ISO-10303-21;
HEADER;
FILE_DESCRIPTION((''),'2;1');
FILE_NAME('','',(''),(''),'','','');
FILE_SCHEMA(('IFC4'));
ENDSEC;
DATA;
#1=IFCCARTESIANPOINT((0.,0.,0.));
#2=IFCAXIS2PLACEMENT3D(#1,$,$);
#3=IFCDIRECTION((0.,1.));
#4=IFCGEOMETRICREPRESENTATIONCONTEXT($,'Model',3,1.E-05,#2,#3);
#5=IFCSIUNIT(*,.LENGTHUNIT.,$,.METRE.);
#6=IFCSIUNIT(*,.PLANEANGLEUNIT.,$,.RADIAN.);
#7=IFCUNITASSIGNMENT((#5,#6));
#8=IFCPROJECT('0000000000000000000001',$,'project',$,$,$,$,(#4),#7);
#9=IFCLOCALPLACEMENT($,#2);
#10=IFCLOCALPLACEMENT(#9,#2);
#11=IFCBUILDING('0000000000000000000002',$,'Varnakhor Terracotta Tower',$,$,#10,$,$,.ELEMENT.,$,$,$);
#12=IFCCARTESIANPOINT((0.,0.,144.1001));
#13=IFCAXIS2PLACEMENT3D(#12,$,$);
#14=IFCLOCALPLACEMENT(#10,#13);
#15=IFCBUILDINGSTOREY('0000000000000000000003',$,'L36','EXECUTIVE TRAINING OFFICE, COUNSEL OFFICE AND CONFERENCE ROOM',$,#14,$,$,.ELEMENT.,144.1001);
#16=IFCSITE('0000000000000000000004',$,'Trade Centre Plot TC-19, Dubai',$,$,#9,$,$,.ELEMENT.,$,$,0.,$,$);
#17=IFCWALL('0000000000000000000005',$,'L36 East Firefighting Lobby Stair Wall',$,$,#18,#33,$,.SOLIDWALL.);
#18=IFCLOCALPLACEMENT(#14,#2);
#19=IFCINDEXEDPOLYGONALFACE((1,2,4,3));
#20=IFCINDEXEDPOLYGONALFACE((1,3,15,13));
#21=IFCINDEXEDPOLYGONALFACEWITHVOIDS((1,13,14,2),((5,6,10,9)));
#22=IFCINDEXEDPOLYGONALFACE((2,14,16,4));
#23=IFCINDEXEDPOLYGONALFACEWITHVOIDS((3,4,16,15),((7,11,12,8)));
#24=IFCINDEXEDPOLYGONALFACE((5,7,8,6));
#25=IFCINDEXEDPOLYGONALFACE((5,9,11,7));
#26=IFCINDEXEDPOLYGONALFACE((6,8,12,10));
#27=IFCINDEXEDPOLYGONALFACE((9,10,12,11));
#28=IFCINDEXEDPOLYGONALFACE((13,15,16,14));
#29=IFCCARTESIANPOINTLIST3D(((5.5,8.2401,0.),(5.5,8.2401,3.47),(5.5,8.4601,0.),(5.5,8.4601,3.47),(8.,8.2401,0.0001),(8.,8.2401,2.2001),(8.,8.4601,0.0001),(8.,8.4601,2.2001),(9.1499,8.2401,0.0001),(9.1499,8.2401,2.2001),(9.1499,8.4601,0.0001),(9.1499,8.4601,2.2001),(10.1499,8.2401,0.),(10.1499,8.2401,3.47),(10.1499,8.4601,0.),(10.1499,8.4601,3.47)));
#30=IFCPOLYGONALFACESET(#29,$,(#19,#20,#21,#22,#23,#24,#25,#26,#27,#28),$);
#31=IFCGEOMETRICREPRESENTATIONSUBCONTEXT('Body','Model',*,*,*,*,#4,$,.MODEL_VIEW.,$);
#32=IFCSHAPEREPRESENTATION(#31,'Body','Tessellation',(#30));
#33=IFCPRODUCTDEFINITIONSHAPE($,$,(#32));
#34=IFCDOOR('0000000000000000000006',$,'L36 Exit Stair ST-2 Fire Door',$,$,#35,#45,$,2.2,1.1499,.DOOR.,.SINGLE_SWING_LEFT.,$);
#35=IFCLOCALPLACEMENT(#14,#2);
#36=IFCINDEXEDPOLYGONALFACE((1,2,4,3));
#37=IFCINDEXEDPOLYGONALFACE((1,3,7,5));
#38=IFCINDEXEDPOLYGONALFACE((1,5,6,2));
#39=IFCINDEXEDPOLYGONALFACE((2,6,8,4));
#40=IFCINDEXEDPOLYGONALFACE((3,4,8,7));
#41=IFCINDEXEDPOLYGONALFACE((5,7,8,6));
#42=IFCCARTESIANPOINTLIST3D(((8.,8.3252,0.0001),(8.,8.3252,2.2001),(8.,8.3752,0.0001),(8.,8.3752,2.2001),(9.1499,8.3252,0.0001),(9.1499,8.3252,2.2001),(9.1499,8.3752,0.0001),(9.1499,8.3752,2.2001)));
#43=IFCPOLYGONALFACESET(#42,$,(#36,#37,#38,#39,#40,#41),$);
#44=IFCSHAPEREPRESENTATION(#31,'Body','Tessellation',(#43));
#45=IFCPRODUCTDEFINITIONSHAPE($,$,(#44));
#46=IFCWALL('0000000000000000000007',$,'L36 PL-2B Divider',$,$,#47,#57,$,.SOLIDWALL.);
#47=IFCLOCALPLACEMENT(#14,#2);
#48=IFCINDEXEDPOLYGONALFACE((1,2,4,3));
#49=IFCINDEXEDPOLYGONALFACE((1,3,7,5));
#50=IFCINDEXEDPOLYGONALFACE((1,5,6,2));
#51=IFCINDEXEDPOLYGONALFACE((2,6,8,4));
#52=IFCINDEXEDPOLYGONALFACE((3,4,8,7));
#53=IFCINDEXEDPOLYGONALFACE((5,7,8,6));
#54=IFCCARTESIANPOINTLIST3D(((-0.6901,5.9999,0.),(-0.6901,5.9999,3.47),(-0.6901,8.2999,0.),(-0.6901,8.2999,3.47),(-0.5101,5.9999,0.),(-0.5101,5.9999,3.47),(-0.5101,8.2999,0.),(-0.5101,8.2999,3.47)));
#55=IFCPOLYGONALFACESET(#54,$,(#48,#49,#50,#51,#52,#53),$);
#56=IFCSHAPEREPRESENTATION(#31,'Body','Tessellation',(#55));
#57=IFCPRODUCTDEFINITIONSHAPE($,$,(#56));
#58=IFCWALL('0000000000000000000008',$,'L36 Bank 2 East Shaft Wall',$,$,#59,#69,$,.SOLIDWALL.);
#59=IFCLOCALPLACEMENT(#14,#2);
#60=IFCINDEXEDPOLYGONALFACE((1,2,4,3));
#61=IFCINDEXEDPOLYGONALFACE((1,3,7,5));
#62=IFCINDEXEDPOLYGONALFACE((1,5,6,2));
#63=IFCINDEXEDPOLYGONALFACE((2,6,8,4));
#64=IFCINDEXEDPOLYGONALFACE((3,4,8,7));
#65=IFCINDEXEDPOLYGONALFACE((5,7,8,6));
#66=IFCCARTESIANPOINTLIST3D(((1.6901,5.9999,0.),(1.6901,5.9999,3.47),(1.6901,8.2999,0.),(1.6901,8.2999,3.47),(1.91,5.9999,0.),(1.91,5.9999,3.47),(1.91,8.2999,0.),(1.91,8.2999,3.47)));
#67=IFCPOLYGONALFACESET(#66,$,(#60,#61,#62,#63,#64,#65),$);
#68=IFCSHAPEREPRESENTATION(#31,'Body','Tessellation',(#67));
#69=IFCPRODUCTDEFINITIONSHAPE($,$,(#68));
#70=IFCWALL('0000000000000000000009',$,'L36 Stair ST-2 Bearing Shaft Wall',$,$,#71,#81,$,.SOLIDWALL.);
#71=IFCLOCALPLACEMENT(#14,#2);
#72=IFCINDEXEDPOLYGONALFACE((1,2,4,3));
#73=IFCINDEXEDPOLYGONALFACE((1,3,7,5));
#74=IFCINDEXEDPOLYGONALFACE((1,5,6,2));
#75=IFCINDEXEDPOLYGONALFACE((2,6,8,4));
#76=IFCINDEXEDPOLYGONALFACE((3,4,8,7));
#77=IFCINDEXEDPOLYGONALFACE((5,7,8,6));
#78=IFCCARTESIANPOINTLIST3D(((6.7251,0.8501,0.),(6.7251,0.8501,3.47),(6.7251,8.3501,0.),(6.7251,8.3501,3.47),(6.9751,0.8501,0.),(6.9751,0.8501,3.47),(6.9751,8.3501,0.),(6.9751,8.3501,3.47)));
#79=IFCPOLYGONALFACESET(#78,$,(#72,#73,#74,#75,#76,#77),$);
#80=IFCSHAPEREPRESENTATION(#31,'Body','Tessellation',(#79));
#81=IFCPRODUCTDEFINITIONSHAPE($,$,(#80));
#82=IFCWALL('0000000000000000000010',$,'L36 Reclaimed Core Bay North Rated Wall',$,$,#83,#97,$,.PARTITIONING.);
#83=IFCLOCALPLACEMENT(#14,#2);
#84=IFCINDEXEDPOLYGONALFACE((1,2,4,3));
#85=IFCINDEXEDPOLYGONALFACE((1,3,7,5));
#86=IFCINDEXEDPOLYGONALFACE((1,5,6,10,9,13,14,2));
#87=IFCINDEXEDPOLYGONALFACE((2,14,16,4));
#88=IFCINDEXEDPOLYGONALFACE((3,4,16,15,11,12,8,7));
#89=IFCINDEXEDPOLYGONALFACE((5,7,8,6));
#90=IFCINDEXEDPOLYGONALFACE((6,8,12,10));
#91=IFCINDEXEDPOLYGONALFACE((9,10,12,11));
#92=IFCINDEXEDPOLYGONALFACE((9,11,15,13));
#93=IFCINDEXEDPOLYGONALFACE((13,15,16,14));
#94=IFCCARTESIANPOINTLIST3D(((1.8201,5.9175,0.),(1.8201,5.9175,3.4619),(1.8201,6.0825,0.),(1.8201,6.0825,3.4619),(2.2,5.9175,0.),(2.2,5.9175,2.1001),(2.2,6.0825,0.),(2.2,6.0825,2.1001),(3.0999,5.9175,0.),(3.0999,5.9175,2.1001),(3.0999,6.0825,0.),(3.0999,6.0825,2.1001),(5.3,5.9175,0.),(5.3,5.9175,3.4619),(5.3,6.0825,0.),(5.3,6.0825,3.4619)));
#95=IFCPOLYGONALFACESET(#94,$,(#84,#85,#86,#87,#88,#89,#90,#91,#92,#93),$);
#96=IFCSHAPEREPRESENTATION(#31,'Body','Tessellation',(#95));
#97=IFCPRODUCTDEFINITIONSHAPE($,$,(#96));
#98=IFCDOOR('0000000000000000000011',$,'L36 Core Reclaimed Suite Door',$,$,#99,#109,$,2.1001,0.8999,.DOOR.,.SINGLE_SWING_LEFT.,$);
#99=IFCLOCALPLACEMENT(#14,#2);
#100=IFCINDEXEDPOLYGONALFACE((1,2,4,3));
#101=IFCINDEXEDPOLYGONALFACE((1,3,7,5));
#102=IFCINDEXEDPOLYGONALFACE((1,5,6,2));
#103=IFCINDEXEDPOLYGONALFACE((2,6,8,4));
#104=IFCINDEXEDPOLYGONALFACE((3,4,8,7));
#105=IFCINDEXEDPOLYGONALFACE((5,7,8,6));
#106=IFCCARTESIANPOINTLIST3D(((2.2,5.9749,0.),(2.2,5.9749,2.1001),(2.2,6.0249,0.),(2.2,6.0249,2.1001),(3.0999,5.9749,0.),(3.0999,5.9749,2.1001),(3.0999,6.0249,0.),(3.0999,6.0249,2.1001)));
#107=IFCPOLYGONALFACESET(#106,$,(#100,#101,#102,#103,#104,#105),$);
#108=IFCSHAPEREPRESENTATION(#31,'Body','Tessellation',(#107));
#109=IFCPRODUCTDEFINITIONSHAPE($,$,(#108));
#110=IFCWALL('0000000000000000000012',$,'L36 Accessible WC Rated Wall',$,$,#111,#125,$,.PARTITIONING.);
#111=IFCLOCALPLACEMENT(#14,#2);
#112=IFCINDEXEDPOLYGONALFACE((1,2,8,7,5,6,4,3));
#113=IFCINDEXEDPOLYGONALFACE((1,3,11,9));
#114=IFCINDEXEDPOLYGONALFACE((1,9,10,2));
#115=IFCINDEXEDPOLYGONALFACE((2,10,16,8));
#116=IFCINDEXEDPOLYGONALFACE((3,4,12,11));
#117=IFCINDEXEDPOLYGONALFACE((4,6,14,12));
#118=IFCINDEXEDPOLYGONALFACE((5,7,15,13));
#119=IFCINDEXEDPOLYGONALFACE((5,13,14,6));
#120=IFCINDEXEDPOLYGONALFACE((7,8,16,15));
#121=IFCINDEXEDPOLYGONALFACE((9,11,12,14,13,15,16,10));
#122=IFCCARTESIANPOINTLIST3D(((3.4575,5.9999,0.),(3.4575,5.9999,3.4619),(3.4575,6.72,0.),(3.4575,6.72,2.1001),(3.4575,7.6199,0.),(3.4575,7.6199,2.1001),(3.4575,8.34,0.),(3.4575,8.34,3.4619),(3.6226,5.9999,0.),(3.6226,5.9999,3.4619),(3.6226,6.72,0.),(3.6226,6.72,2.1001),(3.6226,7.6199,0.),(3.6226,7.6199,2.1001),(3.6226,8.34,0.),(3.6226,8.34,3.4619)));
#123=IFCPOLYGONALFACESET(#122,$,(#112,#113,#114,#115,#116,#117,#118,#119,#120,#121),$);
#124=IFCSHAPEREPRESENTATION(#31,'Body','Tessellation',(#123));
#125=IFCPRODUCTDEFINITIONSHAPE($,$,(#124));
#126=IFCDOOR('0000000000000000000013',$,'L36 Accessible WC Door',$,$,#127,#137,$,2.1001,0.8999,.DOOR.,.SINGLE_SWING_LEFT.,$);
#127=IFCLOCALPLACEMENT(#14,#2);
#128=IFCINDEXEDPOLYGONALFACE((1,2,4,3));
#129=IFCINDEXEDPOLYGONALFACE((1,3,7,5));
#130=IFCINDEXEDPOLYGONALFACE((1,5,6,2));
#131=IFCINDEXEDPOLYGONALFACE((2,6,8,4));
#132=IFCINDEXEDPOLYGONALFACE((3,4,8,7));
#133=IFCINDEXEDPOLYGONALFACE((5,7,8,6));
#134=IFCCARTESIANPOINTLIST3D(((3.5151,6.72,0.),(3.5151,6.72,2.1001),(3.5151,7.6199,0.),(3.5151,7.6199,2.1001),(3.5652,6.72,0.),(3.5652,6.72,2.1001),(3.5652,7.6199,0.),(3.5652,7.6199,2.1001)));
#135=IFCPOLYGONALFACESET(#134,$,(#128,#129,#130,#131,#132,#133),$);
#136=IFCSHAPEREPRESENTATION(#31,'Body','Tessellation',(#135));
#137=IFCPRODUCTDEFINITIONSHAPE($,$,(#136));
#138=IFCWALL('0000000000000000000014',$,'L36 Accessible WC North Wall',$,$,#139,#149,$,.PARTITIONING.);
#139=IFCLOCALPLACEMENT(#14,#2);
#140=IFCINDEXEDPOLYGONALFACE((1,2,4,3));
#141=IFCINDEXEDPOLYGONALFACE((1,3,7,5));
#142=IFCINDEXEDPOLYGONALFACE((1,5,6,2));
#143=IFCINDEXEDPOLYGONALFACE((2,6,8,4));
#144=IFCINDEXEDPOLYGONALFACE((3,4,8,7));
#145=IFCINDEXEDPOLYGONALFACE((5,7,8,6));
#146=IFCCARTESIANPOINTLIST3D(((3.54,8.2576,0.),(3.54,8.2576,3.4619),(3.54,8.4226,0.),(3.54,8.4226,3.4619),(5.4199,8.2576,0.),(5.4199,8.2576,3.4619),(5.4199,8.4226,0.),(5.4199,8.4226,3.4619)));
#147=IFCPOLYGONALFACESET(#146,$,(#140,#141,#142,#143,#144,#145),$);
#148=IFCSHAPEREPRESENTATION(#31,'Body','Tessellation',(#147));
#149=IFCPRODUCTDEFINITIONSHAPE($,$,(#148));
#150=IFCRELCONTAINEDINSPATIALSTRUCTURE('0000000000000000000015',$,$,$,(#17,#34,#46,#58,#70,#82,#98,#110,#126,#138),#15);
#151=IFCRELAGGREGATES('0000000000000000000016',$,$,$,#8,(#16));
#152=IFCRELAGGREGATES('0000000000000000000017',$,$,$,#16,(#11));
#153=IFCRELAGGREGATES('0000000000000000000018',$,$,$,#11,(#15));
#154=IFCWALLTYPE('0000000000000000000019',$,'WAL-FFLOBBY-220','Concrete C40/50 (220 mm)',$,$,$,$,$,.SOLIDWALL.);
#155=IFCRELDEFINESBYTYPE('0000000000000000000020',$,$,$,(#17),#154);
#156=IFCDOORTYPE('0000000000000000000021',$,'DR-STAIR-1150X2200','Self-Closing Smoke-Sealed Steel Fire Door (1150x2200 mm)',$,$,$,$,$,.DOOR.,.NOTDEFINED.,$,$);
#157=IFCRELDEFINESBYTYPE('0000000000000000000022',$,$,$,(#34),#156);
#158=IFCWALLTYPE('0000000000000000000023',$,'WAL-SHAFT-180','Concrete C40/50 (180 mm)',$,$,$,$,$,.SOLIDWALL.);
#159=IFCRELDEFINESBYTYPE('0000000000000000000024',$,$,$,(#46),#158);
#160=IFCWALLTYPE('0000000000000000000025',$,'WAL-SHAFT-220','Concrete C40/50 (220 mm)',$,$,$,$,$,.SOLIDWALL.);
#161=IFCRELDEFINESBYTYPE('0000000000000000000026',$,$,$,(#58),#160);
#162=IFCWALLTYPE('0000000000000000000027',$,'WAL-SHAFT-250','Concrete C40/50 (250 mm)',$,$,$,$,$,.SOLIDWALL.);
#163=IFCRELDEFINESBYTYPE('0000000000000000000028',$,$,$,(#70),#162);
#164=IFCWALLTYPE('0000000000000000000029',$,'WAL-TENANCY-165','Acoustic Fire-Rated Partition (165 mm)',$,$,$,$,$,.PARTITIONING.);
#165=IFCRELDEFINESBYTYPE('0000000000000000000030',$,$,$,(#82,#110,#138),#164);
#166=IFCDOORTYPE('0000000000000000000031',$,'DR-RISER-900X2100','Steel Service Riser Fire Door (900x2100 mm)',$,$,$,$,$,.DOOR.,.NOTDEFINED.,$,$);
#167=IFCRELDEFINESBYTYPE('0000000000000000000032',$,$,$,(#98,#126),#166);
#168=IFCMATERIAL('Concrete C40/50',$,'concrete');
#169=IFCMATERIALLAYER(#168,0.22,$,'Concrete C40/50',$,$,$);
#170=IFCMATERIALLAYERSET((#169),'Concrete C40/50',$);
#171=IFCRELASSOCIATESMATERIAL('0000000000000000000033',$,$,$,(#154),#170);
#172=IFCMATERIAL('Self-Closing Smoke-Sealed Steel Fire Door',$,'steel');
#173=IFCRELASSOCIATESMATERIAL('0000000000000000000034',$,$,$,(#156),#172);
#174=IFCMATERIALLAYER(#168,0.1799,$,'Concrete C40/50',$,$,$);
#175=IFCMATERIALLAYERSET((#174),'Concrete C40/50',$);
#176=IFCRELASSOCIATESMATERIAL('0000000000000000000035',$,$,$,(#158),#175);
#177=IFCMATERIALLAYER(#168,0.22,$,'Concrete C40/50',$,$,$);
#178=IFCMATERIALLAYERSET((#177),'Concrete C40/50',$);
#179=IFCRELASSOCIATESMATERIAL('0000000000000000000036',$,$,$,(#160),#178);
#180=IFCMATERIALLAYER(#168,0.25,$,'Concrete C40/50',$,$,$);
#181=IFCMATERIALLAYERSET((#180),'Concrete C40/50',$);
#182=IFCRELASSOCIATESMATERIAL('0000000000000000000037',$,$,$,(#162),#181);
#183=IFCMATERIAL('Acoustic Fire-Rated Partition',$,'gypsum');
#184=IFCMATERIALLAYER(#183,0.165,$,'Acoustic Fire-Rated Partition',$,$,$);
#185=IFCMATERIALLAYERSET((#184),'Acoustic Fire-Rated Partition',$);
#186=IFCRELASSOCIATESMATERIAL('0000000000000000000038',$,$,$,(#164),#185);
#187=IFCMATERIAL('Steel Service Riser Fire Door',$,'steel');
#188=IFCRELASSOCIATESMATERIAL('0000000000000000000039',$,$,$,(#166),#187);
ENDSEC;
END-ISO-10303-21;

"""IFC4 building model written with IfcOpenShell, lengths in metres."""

from ifc_helpers import new_model, si_unit, direction, frame, frame_2d, origin, place, context, subcontext, project, spatial, rectangle, extrude, source, transform, mapped, material, layer, layer_set, type_object, type_shapes, element, fill, save


model = new_model("IFC4")

# Units and contexts
model_context = context("Model", 3, precision=1e-05, world=origin(), true_north=direction((0.0, 1.0)))
body_context = subcontext(model_context, "Body", "Model", "MODEL_VIEW")
ifc_project = project(units=[si_unit("LENGTHUNIT", "METRE"), si_unit("PLANEANGLEUNIT", "RADIAN")], contexts=[model_context])

# Site, building, storey
site_placement = place(None, origin())
site = spatial("IfcSite", under=ifc_project, at=site_placement, Name="Trade Centre Plot TC-19, Dubai", CompositionType="ELEMENT", RefElevation=0.0)
building_placement = place(site_placement, origin())
building = spatial("IfcBuilding", under=site, at=building_placement, Name="Varnakhor Terracotta Tower", CompositionType="ELEMENT")
storey_placement = place(building_placement, frame((0.0, 0.0, 144.1001)))
storey = spatial("IfcBuildingStorey", under=building, at=storey_placement, Name="L36", Description="EXECUTIVE TRAINING OFFICE, COUNSEL OFFICE AND CONFERENCE ROOM", CompositionType="ELEMENT", Elevation=144.1001)

# Shared definitions
ifc_material_1 = material(Name="Concrete C40/50", Category="concrete")

# Wall, opening, door
ifc_layer_1 = layer(ifc_material_1, 0.22, Name="Concrete C40/50")
ifc_layer_set_1 = layer_set([ifc_layer_1], Name="Concrete C40/50")
wall_type_1 = type_object("IfcWallType", Name="WAL-FFLOBBY-220", Description="Concrete C40/50 (220 mm)", PredefinedType="SOLIDWALL", material=ifc_layer_set_1)
wall_1_placement = place(storey_placement, frame((10.1499, 8.3501, 0.0), z_axis=(0.0, 0.0, 1.0), x_axis=(-1.0, 0.0, 0.0)))
wall_1 = element("IfcWall", 1, at=wall_1_placement, inside=storey, type_object=wall_type_1, Name="L36 East Firefighting Lobby Stair Wall", PredefinedType="SOLIDWALL", context=body_context, shape_type="SweptSolid", body=[
    extrude(rectangle(XDim=4.6499, YDim=0.22, at=frame_2d((2.325, 0.0))), origin(), (0.0, 0.0, 1.0), 3.47),
])
opening_1_placement = place(wall_1_placement, frame((1.0, 0.0, 0.0)))
opening_1 = element("IfcOpeningElement", 2, at=opening_1_placement, cuts=wall_1, PredefinedType="OPENING", context=body_context, shape_type="SweptSolid", body=[
    extrude(rectangle(XDim=1.1499, YDim=2.2, at=frame_2d((0.575, 1.1001))), frame((0.0, 0.1201, 0.0), z_axis=(0.0, -1.0, 0.0), x_axis=(1.0, 0.0, 0.0)), (0.0, 0.0, 1.0), 0.24),
])
ifc_material_2 = material(Name="Self-Closing Smoke-Sealed Steel Fire Door", Category="steel")
door_type_1 = type_object("IfcDoorType", Name="DR-STAIR-1150X2200", Description="Self-Closing Smoke-Sealed Steel Fire Door (1150x2200 mm)", OperationType="NOTDEFINED", PredefinedType="DOOR", material=ifc_material_2)
shared_shape_1 = source(origin(), body_context, "Body", "SweptSolid", [
    extrude(rectangle(XDim=1.1499, YDim=2.2, at=frame_2d((0.575, 1.1001))), frame((0.0, 0.0249, 0.0), z_axis=(0.0, -1.0, 0.0), x_axis=(1.0, 0.0, 0.0)), (0.0, 0.0, 1.0), 0.05),
])
type_shapes(door_type_1, [shared_shape_1])
door_1_placement = place(opening_1_placement, origin())
door_1 = element("IfcDoor", 3, at=door_1_placement, inside=storey, type_object=door_type_1, Name="L36 Exit Stair ST-2 Fire Door", OperationType="SINGLE_SWING_LEFT", OverallHeight=2.2, OverallWidth=1.1499, PredefinedType="DOOR", context=body_context, shape_type="MappedRepresentation", body=[
    mapped(shared_shape_1, transform((0.0, 0.0, 0.0), scale=1.0)),
])
fill(opening_1, door_1)

# Walls
ifc_layer_2 = layer(ifc_material_1, 0.1799, Name="Concrete C40/50")
ifc_layer_set_2 = layer_set([ifc_layer_2], Name="Concrete C40/50")
wall_type_2 = type_object("IfcWallType", Name="WAL-SHAFT-180", Description="Concrete C40/50 (180 mm)", PredefinedType="SOLIDWALL", material=ifc_layer_set_2)
wall_2_placement = place(storey_placement, frame((-0.6001, 6.0, 0.0), z_axis=(0.0, 0.0, 1.0), x_axis=(0.0, 1.0, 0.0)))
element("IfcWall", 4, at=wall_2_placement, inside=storey, type_object=wall_type_2, Name="L36 PL-2B Divider", PredefinedType="SOLIDWALL", context=body_context, shape_type="SweptSolid", body=[
    extrude(rectangle(XDim=2.3, YDim=0.1799, at=frame_2d((1.1499, 0.0))), origin(), (0.0, 0.0, 1.0), 3.47),
])
ifc_layer_3 = layer(ifc_material_1, 0.22, Name="Concrete C40/50")
ifc_layer_set_3 = layer_set([ifc_layer_3], Name="Concrete C40/50")
wall_type_3 = type_object("IfcWallType", Name="WAL-SHAFT-220", Description="Concrete C40/50 (220 mm)", PredefinedType="SOLIDWALL", material=ifc_layer_set_3)
wall_3_placement = place(storey_placement, frame((1.8, 6.0, 0.0), z_axis=(0.0, 0.0, 1.0), x_axis=(0.0, 1.0, 0.0)))
element("IfcWall", 5, at=wall_3_placement, inside=storey, type_object=wall_type_3, Name="L36 Bank 2 East Shaft Wall", PredefinedType="SOLIDWALL", context=body_context, shape_type="SweptSolid", body=[
    extrude(rectangle(XDim=2.3, YDim=0.22, at=frame_2d((1.1499, 0.0))), origin(), (0.0, 0.0, 1.0), 3.47),
])
ifc_layer_4 = layer(ifc_material_1, 0.25, Name="Concrete C40/50")
ifc_layer_set_4 = layer_set([ifc_layer_4], Name="Concrete C40/50")
wall_type_4 = type_object("IfcWallType", Name="WAL-SHAFT-250", Description="Concrete C40/50 (250 mm)", PredefinedType="SOLIDWALL", material=ifc_layer_set_4)
wall_4_placement = place(storey_placement, frame((6.8501, 0.8501, 0.0), z_axis=(0.0, 0.0, 1.0), x_axis=(0.0, 1.0, 0.0)))
element("IfcWall", 6, at=wall_4_placement, inside=storey, type_object=wall_type_4, Name="L36 Stair ST-2 Bearing Shaft Wall", PredefinedType="SOLIDWALL", context=body_context, shape_type="SweptSolid", body=[
    extrude(rectangle(XDim=7.5, YDim=0.25, at=frame_2d((3.75, 0.0))), origin(), (0.0, 0.0, 1.0), 3.47),
])

# Walls, openings, doors
ifc_material_3 = material(Name="Acoustic Fire-Rated Partition", Category="gypsum")
ifc_layer_5 = layer(ifc_material_3, 0.165, Name="Acoustic Fire-Rated Partition")
ifc_layer_set_5 = layer_set([ifc_layer_5], Name="Acoustic Fire-Rated Partition")
wall_type_5 = type_object("IfcWallType", Name="WAL-TENANCY-165", Description="Acoustic Fire-Rated Partition (165 mm)", PredefinedType="PARTITIONING", material=ifc_layer_set_5)
wall_5_placement = place(storey_placement, frame((1.8201, 6.0, 0.0), z_axis=(0.0, 0.0, 1.0), x_axis=(1.0, 0.0, 0.0)))
wall_5 = element("IfcWall", 7, at=wall_5_placement, inside=storey, type_object=wall_type_5, Name="L36 Reclaimed Core Bay North Rated Wall", PredefinedType="PARTITIONING", context=body_context, shape_type="SweptSolid", body=[
    extrude(rectangle(XDim=3.48, YDim=0.165, at=frame_2d((1.74, 0.0))), origin(), (0.0, 0.0, 1.0), 3.4619),
])
opening_2_placement = place(wall_5_placement, frame((0.3799, 0.0, 0.0)))
opening_2 = element("IfcOpeningElement", 8, at=opening_2_placement, cuts=wall_5, PredefinedType="OPENING", context=body_context, shape_type="SweptSolid", body=[
    extrude(rectangle(XDim=0.8999, YDim=2.1001, at=frame_2d((0.45, 1.05))), frame((0.0, 0.0925, 0.0), z_axis=(0.0, -1.0, 0.0), x_axis=(1.0, 0.0, 0.0)), (0.0, 0.0, 1.0), 0.1851),
])
ifc_material_4 = material(Name="Steel Service Riser Fire Door", Category="steel")
door_type_2 = type_object("IfcDoorType", Name="DR-RISER-900X2100", Description="Steel Service Riser Fire Door (900x2100 mm)", OperationType="NOTDEFINED", PredefinedType="DOOR", material=ifc_material_4)
shared_shape_2 = source(origin(), body_context, "Body", "SweptSolid", [
    extrude(rectangle(XDim=0.8999, YDim=2.1001, at=frame_2d((0.45, 1.05))), frame((0.0, 0.0249, 0.0), z_axis=(0.0, -1.0, 0.0), x_axis=(1.0, 0.0, 0.0)), (0.0, 0.0, 1.0), 0.05),
])
type_shapes(door_type_2, [shared_shape_2])
door_2_placement = place(opening_2_placement, origin())
door_2 = element("IfcDoor", 9, at=door_2_placement, inside=storey, type_object=door_type_2, Name="L36 Core Reclaimed Suite Door", OperationType="SINGLE_SWING_LEFT", OverallHeight=2.1001, OverallWidth=0.8999, PredefinedType="DOOR", context=body_context, shape_type="MappedRepresentation", body=[
    mapped(shared_shape_2, transform((0.0, 0.0, 0.0), scale=1.0)),
])
fill(opening_2, door_2)
wall_6_placement = place(storey_placement, frame((3.54, 6.0, 0.0), z_axis=(0.0, 0.0, 1.0), x_axis=(0.0, 1.0, 0.0)))
wall_6 = element("IfcWall", 10, at=wall_6_placement, inside=storey, type_object=wall_type_5, Name="L36 Accessible WC Rated Wall", PredefinedType="PARTITIONING", context=body_context, shape_type="SweptSolid", body=[
    extrude(rectangle(XDim=2.3401, YDim=0.165, at=frame_2d((1.1699, 0.0))), origin(), (0.0, 0.0, 1.0), 3.4619),
])
opening_3_placement = place(wall_6_placement, frame((0.72, 0.0, 0.0)))
opening_3 = element("IfcOpeningElement", 11, at=opening_3_placement, cuts=wall_6, PredefinedType="OPENING", context=body_context, shape_type="SweptSolid", body=[
    extrude(rectangle(XDim=0.8999, YDim=2.1001, at=frame_2d((0.45, 1.05))), frame((0.0, 0.0925, 0.0), z_axis=(0.0, -1.0, 0.0), x_axis=(1.0, 0.0, 0.0)), (0.0, 0.0, 1.0), 0.1851),
])
door_3_placement = place(opening_3_placement, origin())
door_3 = element("IfcDoor", 12, at=door_3_placement, inside=storey, type_object=door_type_2, Name="L36 Accessible WC Door", OperationType="SINGLE_SWING_LEFT", OverallHeight=2.1001, OverallWidth=0.8999, PredefinedType="DOOR", context=body_context, shape_type="MappedRepresentation", body=[
    mapped(shared_shape_2, transform((0.0, 0.0, 0.0), scale=1.0)),
])
fill(opening_3, door_3)

# Wall
wall_7_placement = place(storey_placement, frame((3.54, 8.3401, 0.0), z_axis=(0.0, 0.0, 1.0), x_axis=(1.0, 0.0, 0.0)))
element("IfcWall", 13, at=wall_7_placement, inside=storey, type_object=wall_type_5, Name="L36 Accessible WC North Wall", PredefinedType="PARTITIONING", context=body_context, shape_type="SweptSolid", body=[
    extrude(rectangle(XDim=1.8799, YDim=0.165, at=frame_2d((0.9399, 0.0))), origin(), (0.0, 0.0, 1.0), 3.4619),
])

save(model, "model.ifc")
